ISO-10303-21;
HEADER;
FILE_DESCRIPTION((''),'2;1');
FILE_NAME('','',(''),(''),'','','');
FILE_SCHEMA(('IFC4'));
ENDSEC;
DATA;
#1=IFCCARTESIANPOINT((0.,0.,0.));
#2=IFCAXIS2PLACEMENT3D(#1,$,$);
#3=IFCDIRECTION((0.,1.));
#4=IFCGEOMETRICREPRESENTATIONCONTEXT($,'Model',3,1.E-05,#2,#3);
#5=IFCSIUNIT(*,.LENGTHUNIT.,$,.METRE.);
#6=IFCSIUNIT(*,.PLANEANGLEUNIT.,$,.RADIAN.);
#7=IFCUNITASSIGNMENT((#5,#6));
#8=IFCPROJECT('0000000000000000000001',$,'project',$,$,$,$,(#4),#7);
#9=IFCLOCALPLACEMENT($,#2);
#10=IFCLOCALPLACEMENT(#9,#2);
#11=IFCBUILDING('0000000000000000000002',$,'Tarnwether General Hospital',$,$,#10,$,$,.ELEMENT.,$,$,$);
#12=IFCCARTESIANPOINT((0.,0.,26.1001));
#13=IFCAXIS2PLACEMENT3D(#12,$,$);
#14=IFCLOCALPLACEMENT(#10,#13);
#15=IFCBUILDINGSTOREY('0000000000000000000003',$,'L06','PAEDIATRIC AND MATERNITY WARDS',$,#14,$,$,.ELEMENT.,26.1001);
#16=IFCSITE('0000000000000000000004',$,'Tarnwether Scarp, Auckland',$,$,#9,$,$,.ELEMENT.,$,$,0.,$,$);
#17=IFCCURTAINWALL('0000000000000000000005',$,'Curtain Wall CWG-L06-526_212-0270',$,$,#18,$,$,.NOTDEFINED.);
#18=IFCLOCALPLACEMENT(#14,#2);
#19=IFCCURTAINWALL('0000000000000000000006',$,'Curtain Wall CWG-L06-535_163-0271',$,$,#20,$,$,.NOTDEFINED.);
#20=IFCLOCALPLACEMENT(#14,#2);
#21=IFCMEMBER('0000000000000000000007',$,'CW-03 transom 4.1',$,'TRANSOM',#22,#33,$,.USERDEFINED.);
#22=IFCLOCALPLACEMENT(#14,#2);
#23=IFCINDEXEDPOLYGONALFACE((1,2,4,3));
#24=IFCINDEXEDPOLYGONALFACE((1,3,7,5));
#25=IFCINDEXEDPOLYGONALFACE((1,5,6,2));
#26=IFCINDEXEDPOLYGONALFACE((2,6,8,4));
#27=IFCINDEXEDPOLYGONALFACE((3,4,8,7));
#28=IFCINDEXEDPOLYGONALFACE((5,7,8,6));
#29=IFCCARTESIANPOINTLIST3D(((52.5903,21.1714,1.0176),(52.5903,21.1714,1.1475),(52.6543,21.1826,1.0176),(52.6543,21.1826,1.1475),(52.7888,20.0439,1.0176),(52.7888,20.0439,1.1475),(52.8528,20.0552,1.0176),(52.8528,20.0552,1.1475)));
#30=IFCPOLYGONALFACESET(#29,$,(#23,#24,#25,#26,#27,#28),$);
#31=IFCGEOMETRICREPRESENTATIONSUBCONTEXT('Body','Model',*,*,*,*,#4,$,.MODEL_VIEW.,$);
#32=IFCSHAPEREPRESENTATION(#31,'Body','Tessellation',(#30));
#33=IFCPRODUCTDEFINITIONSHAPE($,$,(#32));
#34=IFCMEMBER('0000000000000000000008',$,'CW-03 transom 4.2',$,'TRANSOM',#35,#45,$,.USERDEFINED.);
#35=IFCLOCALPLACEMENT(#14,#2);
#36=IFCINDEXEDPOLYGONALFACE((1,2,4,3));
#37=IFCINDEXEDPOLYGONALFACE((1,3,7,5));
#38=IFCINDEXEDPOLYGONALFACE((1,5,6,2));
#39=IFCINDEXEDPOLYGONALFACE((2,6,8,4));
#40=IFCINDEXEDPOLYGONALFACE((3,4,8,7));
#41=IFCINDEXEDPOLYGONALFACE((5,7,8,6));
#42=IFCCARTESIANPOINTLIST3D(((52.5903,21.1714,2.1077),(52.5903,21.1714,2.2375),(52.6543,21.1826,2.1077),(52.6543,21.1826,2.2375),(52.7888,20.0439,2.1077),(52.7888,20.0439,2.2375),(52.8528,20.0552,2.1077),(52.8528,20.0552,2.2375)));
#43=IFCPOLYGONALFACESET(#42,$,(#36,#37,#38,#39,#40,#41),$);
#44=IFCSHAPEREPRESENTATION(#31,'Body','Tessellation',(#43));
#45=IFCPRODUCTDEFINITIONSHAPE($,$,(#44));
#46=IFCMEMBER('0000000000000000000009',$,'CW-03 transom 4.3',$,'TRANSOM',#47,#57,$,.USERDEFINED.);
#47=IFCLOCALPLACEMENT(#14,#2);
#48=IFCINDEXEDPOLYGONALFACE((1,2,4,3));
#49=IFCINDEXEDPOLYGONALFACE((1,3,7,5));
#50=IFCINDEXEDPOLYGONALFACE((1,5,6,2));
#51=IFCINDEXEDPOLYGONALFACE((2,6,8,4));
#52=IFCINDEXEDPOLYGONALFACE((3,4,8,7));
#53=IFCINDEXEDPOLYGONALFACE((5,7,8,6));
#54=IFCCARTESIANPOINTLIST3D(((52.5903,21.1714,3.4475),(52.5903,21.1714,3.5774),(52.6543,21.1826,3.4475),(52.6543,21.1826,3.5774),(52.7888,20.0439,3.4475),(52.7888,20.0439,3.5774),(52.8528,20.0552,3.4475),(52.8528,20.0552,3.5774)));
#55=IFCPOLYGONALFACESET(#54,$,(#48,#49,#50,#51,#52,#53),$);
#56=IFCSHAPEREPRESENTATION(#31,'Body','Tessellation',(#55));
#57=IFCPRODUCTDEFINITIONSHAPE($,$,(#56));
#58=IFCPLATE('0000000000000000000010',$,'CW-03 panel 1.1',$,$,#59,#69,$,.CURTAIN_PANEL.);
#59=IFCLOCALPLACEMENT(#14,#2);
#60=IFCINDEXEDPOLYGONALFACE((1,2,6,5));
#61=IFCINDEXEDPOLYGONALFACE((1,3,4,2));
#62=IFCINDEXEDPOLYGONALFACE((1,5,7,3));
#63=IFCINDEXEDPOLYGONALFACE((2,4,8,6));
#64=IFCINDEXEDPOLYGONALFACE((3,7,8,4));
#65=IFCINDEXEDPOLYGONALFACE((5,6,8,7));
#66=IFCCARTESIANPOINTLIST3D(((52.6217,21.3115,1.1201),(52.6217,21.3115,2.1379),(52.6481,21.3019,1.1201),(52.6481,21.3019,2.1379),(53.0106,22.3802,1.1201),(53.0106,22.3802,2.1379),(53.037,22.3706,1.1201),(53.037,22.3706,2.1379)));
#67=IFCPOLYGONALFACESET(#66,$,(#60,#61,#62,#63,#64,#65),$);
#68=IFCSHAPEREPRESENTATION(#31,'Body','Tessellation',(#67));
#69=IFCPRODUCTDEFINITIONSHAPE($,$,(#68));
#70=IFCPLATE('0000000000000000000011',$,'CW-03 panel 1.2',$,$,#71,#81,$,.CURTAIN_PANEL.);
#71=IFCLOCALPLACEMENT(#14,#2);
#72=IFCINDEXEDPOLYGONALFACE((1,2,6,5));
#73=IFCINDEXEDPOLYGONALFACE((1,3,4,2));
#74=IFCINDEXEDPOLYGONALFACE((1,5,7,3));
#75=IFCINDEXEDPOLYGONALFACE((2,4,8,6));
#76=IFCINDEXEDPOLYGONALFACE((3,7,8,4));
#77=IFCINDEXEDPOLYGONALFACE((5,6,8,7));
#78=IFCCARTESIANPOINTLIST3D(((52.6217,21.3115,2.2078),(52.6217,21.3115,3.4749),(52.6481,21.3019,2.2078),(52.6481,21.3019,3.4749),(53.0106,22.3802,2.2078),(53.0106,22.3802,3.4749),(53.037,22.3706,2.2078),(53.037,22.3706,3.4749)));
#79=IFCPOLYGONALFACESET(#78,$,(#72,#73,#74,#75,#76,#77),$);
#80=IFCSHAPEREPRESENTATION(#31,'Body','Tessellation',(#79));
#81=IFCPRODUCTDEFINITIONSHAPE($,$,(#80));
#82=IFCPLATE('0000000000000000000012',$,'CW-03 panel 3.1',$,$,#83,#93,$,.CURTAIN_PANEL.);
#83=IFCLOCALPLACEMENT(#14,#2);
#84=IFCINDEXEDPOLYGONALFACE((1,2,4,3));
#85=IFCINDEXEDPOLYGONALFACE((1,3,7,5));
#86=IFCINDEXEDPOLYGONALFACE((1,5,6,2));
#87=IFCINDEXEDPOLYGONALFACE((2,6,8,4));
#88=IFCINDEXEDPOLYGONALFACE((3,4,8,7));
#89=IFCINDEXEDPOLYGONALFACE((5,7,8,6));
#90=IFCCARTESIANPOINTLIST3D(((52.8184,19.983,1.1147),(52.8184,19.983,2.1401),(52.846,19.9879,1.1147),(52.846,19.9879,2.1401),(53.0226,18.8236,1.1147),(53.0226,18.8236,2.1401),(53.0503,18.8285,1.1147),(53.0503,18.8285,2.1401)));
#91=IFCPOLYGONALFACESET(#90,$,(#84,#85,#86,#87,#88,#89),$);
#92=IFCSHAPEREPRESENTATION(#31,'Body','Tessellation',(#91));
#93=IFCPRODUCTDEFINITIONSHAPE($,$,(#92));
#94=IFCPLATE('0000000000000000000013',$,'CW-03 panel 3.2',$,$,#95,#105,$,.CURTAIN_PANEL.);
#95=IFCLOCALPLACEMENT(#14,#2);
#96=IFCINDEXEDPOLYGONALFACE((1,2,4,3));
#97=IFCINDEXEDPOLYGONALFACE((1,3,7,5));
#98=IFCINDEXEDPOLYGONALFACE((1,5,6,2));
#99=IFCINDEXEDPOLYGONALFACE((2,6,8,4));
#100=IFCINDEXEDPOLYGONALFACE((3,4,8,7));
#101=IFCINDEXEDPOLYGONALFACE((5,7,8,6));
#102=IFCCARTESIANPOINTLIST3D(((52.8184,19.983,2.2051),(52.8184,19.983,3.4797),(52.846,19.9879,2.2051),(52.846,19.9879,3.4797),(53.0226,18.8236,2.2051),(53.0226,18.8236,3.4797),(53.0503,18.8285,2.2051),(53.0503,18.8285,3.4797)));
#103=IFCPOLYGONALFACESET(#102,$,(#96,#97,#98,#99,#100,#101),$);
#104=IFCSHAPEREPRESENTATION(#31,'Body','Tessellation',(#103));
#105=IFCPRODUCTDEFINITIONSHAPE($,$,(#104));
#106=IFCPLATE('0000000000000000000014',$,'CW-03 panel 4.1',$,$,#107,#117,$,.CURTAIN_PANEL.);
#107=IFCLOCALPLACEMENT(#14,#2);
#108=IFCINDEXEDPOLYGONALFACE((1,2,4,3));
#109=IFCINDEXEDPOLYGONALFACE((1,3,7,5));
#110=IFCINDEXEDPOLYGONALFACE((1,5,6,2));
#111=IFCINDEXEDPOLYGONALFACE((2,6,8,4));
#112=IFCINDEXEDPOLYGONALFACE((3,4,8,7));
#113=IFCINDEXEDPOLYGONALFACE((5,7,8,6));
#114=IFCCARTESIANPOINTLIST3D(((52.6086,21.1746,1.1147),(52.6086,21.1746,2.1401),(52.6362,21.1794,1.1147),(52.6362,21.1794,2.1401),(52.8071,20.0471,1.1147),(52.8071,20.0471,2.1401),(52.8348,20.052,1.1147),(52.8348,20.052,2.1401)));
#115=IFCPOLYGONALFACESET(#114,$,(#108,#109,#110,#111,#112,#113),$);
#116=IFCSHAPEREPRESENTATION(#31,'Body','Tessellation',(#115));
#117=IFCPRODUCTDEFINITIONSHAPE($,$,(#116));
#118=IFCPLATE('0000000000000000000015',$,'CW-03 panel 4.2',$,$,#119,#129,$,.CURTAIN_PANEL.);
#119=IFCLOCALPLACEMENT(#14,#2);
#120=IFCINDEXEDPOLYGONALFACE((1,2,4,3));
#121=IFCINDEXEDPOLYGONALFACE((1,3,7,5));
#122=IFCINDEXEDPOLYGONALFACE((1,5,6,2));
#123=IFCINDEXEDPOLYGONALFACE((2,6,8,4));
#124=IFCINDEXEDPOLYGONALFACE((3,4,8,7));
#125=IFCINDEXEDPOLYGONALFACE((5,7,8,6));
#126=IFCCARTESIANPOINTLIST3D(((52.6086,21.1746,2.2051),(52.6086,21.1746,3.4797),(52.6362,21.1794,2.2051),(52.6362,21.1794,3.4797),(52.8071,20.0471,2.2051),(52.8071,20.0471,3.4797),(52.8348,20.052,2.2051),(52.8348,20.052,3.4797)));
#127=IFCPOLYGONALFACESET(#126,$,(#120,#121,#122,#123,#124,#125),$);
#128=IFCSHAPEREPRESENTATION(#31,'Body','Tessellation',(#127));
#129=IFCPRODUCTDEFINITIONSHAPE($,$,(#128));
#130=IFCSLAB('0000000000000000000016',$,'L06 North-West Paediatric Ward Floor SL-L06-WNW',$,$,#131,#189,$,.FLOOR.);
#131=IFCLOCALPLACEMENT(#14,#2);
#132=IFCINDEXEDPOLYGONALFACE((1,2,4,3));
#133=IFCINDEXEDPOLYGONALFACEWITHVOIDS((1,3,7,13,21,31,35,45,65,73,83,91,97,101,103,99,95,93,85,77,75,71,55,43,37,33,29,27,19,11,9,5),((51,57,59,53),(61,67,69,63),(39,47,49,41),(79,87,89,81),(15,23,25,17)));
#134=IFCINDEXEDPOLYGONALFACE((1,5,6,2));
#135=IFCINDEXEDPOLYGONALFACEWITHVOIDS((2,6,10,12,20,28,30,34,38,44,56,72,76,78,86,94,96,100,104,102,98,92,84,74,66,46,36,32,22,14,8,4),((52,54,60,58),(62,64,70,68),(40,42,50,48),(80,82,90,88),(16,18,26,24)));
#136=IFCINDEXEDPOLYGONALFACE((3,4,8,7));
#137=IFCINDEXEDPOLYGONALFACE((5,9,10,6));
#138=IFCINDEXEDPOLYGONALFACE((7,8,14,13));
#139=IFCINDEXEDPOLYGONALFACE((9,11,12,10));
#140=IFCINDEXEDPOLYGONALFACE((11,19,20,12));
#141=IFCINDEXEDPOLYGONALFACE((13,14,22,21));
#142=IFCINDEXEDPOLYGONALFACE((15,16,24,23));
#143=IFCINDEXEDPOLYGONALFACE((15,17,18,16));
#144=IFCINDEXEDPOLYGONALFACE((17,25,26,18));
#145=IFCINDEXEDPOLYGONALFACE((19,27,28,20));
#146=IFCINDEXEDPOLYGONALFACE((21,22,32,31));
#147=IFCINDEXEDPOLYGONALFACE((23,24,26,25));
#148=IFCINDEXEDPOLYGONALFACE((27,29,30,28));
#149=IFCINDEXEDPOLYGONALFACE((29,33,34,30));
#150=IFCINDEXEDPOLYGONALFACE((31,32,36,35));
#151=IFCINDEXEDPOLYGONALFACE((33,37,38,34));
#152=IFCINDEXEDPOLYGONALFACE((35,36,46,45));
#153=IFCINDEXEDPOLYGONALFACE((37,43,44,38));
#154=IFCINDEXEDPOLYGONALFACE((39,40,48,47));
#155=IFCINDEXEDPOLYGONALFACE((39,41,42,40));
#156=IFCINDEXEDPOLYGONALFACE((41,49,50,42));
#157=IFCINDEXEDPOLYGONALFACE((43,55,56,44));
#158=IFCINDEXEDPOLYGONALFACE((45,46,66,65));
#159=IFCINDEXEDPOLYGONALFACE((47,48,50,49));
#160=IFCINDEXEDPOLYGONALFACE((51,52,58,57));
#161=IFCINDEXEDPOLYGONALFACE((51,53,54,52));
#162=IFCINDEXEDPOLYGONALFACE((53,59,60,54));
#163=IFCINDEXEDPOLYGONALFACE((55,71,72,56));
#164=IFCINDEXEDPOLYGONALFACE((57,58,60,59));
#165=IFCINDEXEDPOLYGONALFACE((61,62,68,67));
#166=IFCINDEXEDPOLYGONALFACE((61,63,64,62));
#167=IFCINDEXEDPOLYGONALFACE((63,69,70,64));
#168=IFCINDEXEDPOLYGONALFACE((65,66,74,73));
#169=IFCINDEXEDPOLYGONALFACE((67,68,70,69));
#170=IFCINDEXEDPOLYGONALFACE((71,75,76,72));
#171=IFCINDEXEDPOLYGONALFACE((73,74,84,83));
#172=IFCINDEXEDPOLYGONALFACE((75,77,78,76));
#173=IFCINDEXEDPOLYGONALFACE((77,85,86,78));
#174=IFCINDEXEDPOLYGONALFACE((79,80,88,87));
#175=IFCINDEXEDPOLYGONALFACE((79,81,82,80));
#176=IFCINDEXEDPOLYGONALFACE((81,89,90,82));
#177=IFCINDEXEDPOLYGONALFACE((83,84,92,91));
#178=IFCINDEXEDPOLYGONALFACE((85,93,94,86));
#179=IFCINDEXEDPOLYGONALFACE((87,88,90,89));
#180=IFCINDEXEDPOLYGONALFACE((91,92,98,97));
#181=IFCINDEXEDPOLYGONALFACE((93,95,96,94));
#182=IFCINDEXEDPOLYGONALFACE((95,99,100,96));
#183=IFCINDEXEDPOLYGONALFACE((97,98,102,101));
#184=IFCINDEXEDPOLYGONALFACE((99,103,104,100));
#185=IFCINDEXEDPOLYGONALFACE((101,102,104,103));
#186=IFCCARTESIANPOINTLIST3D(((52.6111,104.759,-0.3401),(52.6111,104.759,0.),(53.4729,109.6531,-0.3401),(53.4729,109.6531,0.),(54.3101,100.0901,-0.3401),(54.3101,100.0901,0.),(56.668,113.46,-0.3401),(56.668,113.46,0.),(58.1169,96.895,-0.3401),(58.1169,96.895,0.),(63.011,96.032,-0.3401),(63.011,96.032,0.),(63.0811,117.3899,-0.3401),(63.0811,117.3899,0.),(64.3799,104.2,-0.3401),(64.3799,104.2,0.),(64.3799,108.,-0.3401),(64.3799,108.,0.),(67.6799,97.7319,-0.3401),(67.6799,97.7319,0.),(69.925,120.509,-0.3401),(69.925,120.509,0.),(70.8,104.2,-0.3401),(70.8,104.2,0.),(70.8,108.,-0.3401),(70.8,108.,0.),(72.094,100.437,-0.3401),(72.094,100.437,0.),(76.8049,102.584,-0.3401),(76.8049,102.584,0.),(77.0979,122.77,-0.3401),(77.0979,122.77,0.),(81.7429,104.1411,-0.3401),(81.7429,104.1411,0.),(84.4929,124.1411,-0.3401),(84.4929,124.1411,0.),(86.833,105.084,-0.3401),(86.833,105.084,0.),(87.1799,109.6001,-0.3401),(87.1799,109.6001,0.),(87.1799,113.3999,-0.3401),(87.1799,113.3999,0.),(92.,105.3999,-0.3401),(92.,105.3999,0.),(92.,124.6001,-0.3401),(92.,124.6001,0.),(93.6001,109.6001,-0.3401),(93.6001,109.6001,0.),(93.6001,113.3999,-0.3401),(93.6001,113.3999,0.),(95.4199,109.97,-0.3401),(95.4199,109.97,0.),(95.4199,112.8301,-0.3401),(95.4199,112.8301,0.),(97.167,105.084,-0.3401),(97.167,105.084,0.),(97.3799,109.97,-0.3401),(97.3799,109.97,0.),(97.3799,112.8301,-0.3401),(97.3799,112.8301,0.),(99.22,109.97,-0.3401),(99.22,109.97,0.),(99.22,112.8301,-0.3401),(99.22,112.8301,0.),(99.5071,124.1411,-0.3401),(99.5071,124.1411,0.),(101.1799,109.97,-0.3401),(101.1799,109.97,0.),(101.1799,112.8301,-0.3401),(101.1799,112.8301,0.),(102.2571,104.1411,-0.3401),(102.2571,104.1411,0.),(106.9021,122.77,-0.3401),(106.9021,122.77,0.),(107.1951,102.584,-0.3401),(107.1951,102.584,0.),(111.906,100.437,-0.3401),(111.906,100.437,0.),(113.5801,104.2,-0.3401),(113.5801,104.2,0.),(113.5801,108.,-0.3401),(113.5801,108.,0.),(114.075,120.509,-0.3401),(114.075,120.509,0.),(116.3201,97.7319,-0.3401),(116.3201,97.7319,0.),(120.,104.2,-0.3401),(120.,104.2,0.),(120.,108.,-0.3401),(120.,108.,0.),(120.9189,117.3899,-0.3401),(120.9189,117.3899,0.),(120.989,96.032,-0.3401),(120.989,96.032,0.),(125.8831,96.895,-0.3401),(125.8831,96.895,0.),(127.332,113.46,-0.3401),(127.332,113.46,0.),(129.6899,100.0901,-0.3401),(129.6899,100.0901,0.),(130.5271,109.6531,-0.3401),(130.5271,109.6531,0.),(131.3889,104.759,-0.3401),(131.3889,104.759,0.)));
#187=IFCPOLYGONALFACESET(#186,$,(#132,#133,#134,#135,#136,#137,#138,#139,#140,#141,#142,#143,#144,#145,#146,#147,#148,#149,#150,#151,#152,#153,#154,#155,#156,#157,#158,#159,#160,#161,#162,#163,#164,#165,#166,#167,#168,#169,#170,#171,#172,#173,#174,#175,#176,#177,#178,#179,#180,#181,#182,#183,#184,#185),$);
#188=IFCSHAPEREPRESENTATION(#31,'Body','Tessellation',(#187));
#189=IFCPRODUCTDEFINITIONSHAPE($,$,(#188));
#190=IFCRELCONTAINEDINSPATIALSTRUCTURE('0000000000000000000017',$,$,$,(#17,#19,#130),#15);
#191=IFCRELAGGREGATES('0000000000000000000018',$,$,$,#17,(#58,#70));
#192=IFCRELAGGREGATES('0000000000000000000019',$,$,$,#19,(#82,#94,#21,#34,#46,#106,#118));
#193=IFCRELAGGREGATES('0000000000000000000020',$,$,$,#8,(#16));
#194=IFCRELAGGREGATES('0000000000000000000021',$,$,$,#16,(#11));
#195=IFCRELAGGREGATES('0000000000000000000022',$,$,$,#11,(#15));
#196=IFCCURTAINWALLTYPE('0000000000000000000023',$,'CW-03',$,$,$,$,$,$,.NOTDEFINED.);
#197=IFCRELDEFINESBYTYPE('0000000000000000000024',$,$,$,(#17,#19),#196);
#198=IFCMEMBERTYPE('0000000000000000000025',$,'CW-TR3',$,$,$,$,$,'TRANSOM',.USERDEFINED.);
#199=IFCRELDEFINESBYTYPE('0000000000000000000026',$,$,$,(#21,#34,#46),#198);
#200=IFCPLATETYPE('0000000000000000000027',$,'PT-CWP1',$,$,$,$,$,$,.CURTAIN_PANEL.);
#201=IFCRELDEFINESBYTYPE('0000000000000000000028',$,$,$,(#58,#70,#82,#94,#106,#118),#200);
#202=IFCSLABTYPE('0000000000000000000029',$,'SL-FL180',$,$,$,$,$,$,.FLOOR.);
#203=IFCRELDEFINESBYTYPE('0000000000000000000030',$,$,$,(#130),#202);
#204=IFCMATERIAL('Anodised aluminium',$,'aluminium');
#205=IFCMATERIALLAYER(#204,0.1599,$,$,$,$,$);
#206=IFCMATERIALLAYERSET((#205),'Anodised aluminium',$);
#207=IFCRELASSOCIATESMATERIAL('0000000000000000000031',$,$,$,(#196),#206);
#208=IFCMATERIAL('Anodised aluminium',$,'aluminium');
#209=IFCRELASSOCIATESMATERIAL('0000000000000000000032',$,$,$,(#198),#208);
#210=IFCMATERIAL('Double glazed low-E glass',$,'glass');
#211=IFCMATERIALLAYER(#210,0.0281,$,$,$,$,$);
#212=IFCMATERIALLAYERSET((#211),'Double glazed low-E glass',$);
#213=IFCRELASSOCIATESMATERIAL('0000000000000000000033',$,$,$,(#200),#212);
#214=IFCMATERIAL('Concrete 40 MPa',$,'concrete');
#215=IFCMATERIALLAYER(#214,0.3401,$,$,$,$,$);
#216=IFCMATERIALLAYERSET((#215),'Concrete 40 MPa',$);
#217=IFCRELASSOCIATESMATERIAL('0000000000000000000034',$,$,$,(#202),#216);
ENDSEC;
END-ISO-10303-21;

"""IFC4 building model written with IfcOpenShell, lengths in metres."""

from ifc_helpers import new_model, si_unit, direction, frame, origin, origin_2d, place, context, subcontext, project, spatial, polyline, rectangle, outline, extrude, material, layer, layer_set, material_profile, profile_set, type_object, element, aggregate, save


model = new_model("IFC4")

# Units and contexts
model_context = context("Model", 3, precision=1e-05, world=origin(), true_north=direction((0.0, 1.0)))
body_context = subcontext(model_context, "Body", "Model", "MODEL_VIEW")
ifc_project = project(units=[si_unit("LENGTHUNIT", "METRE"), si_unit("PLANEANGLEUNIT", "RADIAN")], contexts=[model_context])

# Site, building, storey
site_placement = place(None, origin())
site = spatial("IfcSite", under=ifc_project, at=site_placement, Name="Tarnwether Scarp, Auckland", CompositionType="ELEMENT", RefElevation=0.0)
building_placement = place(site_placement, origin())
building = spatial("IfcBuilding", under=site, at=building_placement, Name="Tarnwether General Hospital", CompositionType="ELEMENT")
storey_placement = place(building_placement, frame((0.0, 0.0, 26.1001)))
storey = spatial("IfcBuildingStorey", under=building, at=storey_placement, Name="L06", Description="PAEDIATRIC AND MATERNITY WARDS", CompositionType="ELEMENT", Elevation=26.1001)

# Curtain walls
ifc_material_1 = material(Name="Anodised aluminium", Category="aluminium")
ifc_layer_1 = layer(ifc_material_1, 0.1599)
ifc_layer_set_1 = layer_set([ifc_layer_1], Name="Anodised aluminium")
curtain_wall_type = type_object("IfcCurtainWallType", Name="CW-03", PredefinedType="NOTDEFINED", material=ifc_layer_set_1)
curtain_wall_1_placement = place(storey_placement, origin())
curtain_wall_1 = element("IfcCurtainWall", 1, at=curtain_wall_1_placement, inside=storey, type_object=curtain_wall_type, Name="Curtain Wall CWG-L06-526_212-0270", PredefinedType="NOTDEFINED")
curtain_wall_2_placement = place(storey_placement, origin())
curtain_wall_2 = element("IfcCurtainWall", 2, at=curtain_wall_2_placement, inside=storey, type_object=curtain_wall_type, Name="Curtain Wall CWG-L06-535_163-0271", PredefinedType="NOTDEFINED")

# Members
ifc_material_2 = material(Name="Anodised aluminium", Category="aluminium")
ifc_material_profile_1 = material_profile(ifc_material_2, rectangle(XDim=0.0649, YDim=0.1299, at=origin_2d()), Name="ALU-TRN-65x130")
ifc_profile_set_1 = profile_set([ifc_material_profile_1], Name="Anodised aluminium")
member_type_1 = type_object("IfcMemberType", Name="CW-TR3", ElementType="TRANSOM", PredefinedType="USERDEFINED", material=ifc_profile_set_1)
member_1_placement = place(storey_placement, frame((52.8208, 20.0496, 1.0825), z_axis=(-0.173384, 0.984854, 0.0), x_axis=(-0.984854, -0.173384, 0.0)))
member_1 = element("IfcMember", 3, at=member_1_placement, type_object=member_type_1, Name="CW-03 transom 4.1", ObjectType="TRANSOM", PredefinedType="USERDEFINED", context=body_context, shape_type="SweptSolid", body=[
    extrude(rectangle(XDim=0.0649, YDim=0.1299, at=origin_2d()), origin(), (0.0, 0.0, 1.0), 1.1448),
])
member_2_placement = place(storey_placement, frame((52.8208, 20.0496, 2.1726), z_axis=(-0.173384, 0.984854, 0.0), x_axis=(-0.984854, -0.173384, 0.0)))
member_2 = element("IfcMember", 4, at=member_2_placement, type_object=member_type_1, Name="CW-03 transom 4.2", ObjectType="TRANSOM", PredefinedType="USERDEFINED", context=body_context, shape_type="SweptSolid", body=[
    extrude(rectangle(XDim=0.0649, YDim=0.1299, at=origin_2d()), origin(), (0.0, 0.0, 1.0), 1.1448),
])
member_3_placement = place(storey_placement, frame((52.8208, 20.0496, 3.5125), z_axis=(-0.173384, 0.984854, 0.0), x_axis=(-0.984854, -0.173384, 0.0)))
member_3 = element("IfcMember", 5, at=member_3_placement, type_object=member_type_1, Name="CW-03 transom 4.3", ObjectType="TRANSOM", PredefinedType="USERDEFINED", context=body_context, shape_type="SweptSolid", body=[
    extrude(rectangle(XDim=0.0649, YDim=0.1299, at=origin_2d()), origin(), (0.0, 0.0, 1.0), 1.1448),
])

# Plates
ifc_material_3 = material(Name="Double glazed low-E glass", Category="glass")
ifc_layer_2 = layer(ifc_material_3, 0.0281)
ifc_layer_set_2 = layer_set([ifc_layer_2], Name="Double glazed low-E glass")
plate_type = type_object("IfcPlateType", Name="PT-CWP1", PredefinedType="CURTAIN_PANEL", material=ifc_layer_set_2)
plate_1_placement = place(storey_placement, frame((52.8293, 21.8411, 1.1201), z_axis=(0.0, 0.0, 1.0), x_axis=(0.341953, 0.939717, 0.0)))
plate_1 = element("IfcPlate", 6, at=plate_1_placement, type_object=plate_type, Name="CW-03 panel 1.1", PredefinedType="CURTAIN_PANEL", context=body_context, shape_type="SweptSolid", body=[
    extrude(rectangle(XDim=1.1372, YDim=0.0281, at=origin_2d()), origin(), (0.0, 0.0, 1.0), 1.0178),
])
plate_2_placement = place(storey_placement, frame((52.8293, 21.8411, 2.2078), z_axis=(0.0, 0.0, 1.0), x_axis=(0.341953, 0.939717, 0.0)))
plate_2 = element("IfcPlate", 7, at=plate_2_placement, type_object=plate_type, Name="CW-03 panel 1.2", PredefinedType="CURTAIN_PANEL", context=body_context, shape_type="SweptSolid", body=[
    extrude(rectangle(XDim=1.1372, YDim=0.0281, at=origin_2d()), origin(), (0.0, 0.0, 1.0), 1.2671),
])
aggregate(curtain_wall_1, [plate_1, plate_2])
plate_3_placement = place(storey_placement, frame((52.9343, 19.4058, 1.1147), z_axis=(0.0, 0.0, 1.0), x_axis=(-0.173464, 0.98484, 0.0)))
plate_3 = element("IfcPlate", 8, at=plate_3_placement, type_object=plate_type, Name="CW-03 panel 3.1", PredefinedType="CURTAIN_PANEL", context=body_context, shape_type="SweptSolid", body=[
    extrude(rectangle(XDim=1.1772, YDim=0.0281, at=origin_2d()), origin(), (0.0, 0.0, 1.0), 1.0254),
])
plate_4_placement = place(storey_placement, frame((52.9343, 19.4058, 2.2051), z_axis=(0.0, 0.0, 1.0), x_axis=(-0.173464, 0.98484, 0.0)))
plate_4 = element("IfcPlate", 9, at=plate_4_placement, type_object=plate_type, Name="CW-03 panel 3.2", PredefinedType="CURTAIN_PANEL", context=body_context, shape_type="SweptSolid", body=[
    extrude(rectangle(XDim=1.1772, YDim=0.0281, at=origin_2d()), origin(), (0.0, 0.0, 1.0), 1.2747),
])
plate_5_placement = place(storey_placement, frame((52.7217, 20.6133, 1.1147), z_axis=(0.0, 0.0, 1.0), x_axis=(-0.173464, 0.98484, 0.0)))
plate_5 = element("IfcPlate", 10, at=plate_5_placement, type_object=plate_type, Name="CW-03 panel 4.1", PredefinedType="CURTAIN_PANEL", context=body_context, shape_type="SweptSolid", body=[
    extrude(rectangle(XDim=1.1448, YDim=0.0281, at=origin_2d()), origin(), (0.0, 0.0, 1.0), 1.0254),
])
plate_6_placement = place(storey_placement, frame((52.7217, 20.6133, 2.2051), z_axis=(0.0, 0.0, 1.0), x_axis=(-0.173464, 0.98484, 0.0)))
plate_6 = element("IfcPlate", 11, at=plate_6_placement, type_object=plate_type, Name="CW-03 panel 4.2", PredefinedType="CURTAIN_PANEL", context=body_context, shape_type="SweptSolid", body=[
    extrude(rectangle(XDim=1.1448, YDim=0.0281, at=origin_2d()), origin(), (0.0, 0.0, 1.0), 1.2747),
])
aggregate(curtain_wall_2, [plate_3, plate_4, member_1, member_2, member_3, plate_5, plate_6])

# Slab
ifc_material_4 = material(Name="Concrete 40 MPa", Category="concrete")
ifc_layer_3 = layer(ifc_material_4, 0.3401)
ifc_layer_set_3 = layer_set([ifc_layer_3], Name="Concrete 40 MPa")
slab_type_1 = type_object("IfcSlabType", Name="SL-FL180", PredefinedType="FLOOR", material=ifc_layer_set_3)
slab_1_placement = place(storey_placement, frame((0.0, 0.0, -0.3401)))
element("IfcSlab", 12, at=slab_1_placement, inside=storey, type_object=slab_type_1, Name="L06 North-West Paediatric Ward Floor SL-L06-WNW", PredefinedType="FLOOR", context=body_context, shape_type="SweptSolid", body=[
    extrude(outline(polyline([(56.668, 113.46), (63.0811, 117.3899), (69.925, 120.509), (77.0979, 122.77), (84.4929, 124.1411), (92.0, 124.6001), (99.5071, 124.1411), (106.9021, 122.77), (114.075, 120.509), (120.9189, 117.3899), (127.332, 113.46), (130.5271, 109.6531), (131.3889, 104.759), (129.6899, 100.0901), (125.8831, 96.895), (120.989, 96.032), (116.3201, 97.7319), (111.906, 100.437), (107.1951, 102.584), (102.2571, 104.1411), (97.167, 105.084), (92.0, 105.3999), (86.833, 105.084), (81.7429, 104.1411), (76.8049, 102.584), (72.094, 100.437), (67.6799, 97.7319), (63.011, 96.032), (58.1169, 96.895), (54.3101, 100.0901), (52.6111, 104.759), (53.4729, 109.6531), (56.668, 113.46)]), holes=[polyline([(64.3799, 108.0), (64.3799, 104.2), (70.8, 104.2), (70.8, 108.0), (64.3799, 108.0)]), polyline([(113.5801, 108.0), (113.5801, 104.2), (120.0, 104.2), (120.0, 108.0), (113.5801, 108.0)]), polyline([(95.4199, 112.8301), (95.4199, 109.97), (97.3799, 109.97), (97.3799, 112.8301), (95.4199, 112.8301)]), polyline([(101.1799, 112.8301), (99.22, 112.8301), (99.22, 109.97), (101.1799, 109.97), (101.1799, 112.8301)]), polyline([(93.6001, 113.3999), (87.1799, 113.3999), (87.1799, 109.6001), (93.6001, 109.6001), (93.6001, 113.3999)])]), origin(), (0.0, 0.0, 1.0), 0.3401),
])

save(model, "model.ifc")
